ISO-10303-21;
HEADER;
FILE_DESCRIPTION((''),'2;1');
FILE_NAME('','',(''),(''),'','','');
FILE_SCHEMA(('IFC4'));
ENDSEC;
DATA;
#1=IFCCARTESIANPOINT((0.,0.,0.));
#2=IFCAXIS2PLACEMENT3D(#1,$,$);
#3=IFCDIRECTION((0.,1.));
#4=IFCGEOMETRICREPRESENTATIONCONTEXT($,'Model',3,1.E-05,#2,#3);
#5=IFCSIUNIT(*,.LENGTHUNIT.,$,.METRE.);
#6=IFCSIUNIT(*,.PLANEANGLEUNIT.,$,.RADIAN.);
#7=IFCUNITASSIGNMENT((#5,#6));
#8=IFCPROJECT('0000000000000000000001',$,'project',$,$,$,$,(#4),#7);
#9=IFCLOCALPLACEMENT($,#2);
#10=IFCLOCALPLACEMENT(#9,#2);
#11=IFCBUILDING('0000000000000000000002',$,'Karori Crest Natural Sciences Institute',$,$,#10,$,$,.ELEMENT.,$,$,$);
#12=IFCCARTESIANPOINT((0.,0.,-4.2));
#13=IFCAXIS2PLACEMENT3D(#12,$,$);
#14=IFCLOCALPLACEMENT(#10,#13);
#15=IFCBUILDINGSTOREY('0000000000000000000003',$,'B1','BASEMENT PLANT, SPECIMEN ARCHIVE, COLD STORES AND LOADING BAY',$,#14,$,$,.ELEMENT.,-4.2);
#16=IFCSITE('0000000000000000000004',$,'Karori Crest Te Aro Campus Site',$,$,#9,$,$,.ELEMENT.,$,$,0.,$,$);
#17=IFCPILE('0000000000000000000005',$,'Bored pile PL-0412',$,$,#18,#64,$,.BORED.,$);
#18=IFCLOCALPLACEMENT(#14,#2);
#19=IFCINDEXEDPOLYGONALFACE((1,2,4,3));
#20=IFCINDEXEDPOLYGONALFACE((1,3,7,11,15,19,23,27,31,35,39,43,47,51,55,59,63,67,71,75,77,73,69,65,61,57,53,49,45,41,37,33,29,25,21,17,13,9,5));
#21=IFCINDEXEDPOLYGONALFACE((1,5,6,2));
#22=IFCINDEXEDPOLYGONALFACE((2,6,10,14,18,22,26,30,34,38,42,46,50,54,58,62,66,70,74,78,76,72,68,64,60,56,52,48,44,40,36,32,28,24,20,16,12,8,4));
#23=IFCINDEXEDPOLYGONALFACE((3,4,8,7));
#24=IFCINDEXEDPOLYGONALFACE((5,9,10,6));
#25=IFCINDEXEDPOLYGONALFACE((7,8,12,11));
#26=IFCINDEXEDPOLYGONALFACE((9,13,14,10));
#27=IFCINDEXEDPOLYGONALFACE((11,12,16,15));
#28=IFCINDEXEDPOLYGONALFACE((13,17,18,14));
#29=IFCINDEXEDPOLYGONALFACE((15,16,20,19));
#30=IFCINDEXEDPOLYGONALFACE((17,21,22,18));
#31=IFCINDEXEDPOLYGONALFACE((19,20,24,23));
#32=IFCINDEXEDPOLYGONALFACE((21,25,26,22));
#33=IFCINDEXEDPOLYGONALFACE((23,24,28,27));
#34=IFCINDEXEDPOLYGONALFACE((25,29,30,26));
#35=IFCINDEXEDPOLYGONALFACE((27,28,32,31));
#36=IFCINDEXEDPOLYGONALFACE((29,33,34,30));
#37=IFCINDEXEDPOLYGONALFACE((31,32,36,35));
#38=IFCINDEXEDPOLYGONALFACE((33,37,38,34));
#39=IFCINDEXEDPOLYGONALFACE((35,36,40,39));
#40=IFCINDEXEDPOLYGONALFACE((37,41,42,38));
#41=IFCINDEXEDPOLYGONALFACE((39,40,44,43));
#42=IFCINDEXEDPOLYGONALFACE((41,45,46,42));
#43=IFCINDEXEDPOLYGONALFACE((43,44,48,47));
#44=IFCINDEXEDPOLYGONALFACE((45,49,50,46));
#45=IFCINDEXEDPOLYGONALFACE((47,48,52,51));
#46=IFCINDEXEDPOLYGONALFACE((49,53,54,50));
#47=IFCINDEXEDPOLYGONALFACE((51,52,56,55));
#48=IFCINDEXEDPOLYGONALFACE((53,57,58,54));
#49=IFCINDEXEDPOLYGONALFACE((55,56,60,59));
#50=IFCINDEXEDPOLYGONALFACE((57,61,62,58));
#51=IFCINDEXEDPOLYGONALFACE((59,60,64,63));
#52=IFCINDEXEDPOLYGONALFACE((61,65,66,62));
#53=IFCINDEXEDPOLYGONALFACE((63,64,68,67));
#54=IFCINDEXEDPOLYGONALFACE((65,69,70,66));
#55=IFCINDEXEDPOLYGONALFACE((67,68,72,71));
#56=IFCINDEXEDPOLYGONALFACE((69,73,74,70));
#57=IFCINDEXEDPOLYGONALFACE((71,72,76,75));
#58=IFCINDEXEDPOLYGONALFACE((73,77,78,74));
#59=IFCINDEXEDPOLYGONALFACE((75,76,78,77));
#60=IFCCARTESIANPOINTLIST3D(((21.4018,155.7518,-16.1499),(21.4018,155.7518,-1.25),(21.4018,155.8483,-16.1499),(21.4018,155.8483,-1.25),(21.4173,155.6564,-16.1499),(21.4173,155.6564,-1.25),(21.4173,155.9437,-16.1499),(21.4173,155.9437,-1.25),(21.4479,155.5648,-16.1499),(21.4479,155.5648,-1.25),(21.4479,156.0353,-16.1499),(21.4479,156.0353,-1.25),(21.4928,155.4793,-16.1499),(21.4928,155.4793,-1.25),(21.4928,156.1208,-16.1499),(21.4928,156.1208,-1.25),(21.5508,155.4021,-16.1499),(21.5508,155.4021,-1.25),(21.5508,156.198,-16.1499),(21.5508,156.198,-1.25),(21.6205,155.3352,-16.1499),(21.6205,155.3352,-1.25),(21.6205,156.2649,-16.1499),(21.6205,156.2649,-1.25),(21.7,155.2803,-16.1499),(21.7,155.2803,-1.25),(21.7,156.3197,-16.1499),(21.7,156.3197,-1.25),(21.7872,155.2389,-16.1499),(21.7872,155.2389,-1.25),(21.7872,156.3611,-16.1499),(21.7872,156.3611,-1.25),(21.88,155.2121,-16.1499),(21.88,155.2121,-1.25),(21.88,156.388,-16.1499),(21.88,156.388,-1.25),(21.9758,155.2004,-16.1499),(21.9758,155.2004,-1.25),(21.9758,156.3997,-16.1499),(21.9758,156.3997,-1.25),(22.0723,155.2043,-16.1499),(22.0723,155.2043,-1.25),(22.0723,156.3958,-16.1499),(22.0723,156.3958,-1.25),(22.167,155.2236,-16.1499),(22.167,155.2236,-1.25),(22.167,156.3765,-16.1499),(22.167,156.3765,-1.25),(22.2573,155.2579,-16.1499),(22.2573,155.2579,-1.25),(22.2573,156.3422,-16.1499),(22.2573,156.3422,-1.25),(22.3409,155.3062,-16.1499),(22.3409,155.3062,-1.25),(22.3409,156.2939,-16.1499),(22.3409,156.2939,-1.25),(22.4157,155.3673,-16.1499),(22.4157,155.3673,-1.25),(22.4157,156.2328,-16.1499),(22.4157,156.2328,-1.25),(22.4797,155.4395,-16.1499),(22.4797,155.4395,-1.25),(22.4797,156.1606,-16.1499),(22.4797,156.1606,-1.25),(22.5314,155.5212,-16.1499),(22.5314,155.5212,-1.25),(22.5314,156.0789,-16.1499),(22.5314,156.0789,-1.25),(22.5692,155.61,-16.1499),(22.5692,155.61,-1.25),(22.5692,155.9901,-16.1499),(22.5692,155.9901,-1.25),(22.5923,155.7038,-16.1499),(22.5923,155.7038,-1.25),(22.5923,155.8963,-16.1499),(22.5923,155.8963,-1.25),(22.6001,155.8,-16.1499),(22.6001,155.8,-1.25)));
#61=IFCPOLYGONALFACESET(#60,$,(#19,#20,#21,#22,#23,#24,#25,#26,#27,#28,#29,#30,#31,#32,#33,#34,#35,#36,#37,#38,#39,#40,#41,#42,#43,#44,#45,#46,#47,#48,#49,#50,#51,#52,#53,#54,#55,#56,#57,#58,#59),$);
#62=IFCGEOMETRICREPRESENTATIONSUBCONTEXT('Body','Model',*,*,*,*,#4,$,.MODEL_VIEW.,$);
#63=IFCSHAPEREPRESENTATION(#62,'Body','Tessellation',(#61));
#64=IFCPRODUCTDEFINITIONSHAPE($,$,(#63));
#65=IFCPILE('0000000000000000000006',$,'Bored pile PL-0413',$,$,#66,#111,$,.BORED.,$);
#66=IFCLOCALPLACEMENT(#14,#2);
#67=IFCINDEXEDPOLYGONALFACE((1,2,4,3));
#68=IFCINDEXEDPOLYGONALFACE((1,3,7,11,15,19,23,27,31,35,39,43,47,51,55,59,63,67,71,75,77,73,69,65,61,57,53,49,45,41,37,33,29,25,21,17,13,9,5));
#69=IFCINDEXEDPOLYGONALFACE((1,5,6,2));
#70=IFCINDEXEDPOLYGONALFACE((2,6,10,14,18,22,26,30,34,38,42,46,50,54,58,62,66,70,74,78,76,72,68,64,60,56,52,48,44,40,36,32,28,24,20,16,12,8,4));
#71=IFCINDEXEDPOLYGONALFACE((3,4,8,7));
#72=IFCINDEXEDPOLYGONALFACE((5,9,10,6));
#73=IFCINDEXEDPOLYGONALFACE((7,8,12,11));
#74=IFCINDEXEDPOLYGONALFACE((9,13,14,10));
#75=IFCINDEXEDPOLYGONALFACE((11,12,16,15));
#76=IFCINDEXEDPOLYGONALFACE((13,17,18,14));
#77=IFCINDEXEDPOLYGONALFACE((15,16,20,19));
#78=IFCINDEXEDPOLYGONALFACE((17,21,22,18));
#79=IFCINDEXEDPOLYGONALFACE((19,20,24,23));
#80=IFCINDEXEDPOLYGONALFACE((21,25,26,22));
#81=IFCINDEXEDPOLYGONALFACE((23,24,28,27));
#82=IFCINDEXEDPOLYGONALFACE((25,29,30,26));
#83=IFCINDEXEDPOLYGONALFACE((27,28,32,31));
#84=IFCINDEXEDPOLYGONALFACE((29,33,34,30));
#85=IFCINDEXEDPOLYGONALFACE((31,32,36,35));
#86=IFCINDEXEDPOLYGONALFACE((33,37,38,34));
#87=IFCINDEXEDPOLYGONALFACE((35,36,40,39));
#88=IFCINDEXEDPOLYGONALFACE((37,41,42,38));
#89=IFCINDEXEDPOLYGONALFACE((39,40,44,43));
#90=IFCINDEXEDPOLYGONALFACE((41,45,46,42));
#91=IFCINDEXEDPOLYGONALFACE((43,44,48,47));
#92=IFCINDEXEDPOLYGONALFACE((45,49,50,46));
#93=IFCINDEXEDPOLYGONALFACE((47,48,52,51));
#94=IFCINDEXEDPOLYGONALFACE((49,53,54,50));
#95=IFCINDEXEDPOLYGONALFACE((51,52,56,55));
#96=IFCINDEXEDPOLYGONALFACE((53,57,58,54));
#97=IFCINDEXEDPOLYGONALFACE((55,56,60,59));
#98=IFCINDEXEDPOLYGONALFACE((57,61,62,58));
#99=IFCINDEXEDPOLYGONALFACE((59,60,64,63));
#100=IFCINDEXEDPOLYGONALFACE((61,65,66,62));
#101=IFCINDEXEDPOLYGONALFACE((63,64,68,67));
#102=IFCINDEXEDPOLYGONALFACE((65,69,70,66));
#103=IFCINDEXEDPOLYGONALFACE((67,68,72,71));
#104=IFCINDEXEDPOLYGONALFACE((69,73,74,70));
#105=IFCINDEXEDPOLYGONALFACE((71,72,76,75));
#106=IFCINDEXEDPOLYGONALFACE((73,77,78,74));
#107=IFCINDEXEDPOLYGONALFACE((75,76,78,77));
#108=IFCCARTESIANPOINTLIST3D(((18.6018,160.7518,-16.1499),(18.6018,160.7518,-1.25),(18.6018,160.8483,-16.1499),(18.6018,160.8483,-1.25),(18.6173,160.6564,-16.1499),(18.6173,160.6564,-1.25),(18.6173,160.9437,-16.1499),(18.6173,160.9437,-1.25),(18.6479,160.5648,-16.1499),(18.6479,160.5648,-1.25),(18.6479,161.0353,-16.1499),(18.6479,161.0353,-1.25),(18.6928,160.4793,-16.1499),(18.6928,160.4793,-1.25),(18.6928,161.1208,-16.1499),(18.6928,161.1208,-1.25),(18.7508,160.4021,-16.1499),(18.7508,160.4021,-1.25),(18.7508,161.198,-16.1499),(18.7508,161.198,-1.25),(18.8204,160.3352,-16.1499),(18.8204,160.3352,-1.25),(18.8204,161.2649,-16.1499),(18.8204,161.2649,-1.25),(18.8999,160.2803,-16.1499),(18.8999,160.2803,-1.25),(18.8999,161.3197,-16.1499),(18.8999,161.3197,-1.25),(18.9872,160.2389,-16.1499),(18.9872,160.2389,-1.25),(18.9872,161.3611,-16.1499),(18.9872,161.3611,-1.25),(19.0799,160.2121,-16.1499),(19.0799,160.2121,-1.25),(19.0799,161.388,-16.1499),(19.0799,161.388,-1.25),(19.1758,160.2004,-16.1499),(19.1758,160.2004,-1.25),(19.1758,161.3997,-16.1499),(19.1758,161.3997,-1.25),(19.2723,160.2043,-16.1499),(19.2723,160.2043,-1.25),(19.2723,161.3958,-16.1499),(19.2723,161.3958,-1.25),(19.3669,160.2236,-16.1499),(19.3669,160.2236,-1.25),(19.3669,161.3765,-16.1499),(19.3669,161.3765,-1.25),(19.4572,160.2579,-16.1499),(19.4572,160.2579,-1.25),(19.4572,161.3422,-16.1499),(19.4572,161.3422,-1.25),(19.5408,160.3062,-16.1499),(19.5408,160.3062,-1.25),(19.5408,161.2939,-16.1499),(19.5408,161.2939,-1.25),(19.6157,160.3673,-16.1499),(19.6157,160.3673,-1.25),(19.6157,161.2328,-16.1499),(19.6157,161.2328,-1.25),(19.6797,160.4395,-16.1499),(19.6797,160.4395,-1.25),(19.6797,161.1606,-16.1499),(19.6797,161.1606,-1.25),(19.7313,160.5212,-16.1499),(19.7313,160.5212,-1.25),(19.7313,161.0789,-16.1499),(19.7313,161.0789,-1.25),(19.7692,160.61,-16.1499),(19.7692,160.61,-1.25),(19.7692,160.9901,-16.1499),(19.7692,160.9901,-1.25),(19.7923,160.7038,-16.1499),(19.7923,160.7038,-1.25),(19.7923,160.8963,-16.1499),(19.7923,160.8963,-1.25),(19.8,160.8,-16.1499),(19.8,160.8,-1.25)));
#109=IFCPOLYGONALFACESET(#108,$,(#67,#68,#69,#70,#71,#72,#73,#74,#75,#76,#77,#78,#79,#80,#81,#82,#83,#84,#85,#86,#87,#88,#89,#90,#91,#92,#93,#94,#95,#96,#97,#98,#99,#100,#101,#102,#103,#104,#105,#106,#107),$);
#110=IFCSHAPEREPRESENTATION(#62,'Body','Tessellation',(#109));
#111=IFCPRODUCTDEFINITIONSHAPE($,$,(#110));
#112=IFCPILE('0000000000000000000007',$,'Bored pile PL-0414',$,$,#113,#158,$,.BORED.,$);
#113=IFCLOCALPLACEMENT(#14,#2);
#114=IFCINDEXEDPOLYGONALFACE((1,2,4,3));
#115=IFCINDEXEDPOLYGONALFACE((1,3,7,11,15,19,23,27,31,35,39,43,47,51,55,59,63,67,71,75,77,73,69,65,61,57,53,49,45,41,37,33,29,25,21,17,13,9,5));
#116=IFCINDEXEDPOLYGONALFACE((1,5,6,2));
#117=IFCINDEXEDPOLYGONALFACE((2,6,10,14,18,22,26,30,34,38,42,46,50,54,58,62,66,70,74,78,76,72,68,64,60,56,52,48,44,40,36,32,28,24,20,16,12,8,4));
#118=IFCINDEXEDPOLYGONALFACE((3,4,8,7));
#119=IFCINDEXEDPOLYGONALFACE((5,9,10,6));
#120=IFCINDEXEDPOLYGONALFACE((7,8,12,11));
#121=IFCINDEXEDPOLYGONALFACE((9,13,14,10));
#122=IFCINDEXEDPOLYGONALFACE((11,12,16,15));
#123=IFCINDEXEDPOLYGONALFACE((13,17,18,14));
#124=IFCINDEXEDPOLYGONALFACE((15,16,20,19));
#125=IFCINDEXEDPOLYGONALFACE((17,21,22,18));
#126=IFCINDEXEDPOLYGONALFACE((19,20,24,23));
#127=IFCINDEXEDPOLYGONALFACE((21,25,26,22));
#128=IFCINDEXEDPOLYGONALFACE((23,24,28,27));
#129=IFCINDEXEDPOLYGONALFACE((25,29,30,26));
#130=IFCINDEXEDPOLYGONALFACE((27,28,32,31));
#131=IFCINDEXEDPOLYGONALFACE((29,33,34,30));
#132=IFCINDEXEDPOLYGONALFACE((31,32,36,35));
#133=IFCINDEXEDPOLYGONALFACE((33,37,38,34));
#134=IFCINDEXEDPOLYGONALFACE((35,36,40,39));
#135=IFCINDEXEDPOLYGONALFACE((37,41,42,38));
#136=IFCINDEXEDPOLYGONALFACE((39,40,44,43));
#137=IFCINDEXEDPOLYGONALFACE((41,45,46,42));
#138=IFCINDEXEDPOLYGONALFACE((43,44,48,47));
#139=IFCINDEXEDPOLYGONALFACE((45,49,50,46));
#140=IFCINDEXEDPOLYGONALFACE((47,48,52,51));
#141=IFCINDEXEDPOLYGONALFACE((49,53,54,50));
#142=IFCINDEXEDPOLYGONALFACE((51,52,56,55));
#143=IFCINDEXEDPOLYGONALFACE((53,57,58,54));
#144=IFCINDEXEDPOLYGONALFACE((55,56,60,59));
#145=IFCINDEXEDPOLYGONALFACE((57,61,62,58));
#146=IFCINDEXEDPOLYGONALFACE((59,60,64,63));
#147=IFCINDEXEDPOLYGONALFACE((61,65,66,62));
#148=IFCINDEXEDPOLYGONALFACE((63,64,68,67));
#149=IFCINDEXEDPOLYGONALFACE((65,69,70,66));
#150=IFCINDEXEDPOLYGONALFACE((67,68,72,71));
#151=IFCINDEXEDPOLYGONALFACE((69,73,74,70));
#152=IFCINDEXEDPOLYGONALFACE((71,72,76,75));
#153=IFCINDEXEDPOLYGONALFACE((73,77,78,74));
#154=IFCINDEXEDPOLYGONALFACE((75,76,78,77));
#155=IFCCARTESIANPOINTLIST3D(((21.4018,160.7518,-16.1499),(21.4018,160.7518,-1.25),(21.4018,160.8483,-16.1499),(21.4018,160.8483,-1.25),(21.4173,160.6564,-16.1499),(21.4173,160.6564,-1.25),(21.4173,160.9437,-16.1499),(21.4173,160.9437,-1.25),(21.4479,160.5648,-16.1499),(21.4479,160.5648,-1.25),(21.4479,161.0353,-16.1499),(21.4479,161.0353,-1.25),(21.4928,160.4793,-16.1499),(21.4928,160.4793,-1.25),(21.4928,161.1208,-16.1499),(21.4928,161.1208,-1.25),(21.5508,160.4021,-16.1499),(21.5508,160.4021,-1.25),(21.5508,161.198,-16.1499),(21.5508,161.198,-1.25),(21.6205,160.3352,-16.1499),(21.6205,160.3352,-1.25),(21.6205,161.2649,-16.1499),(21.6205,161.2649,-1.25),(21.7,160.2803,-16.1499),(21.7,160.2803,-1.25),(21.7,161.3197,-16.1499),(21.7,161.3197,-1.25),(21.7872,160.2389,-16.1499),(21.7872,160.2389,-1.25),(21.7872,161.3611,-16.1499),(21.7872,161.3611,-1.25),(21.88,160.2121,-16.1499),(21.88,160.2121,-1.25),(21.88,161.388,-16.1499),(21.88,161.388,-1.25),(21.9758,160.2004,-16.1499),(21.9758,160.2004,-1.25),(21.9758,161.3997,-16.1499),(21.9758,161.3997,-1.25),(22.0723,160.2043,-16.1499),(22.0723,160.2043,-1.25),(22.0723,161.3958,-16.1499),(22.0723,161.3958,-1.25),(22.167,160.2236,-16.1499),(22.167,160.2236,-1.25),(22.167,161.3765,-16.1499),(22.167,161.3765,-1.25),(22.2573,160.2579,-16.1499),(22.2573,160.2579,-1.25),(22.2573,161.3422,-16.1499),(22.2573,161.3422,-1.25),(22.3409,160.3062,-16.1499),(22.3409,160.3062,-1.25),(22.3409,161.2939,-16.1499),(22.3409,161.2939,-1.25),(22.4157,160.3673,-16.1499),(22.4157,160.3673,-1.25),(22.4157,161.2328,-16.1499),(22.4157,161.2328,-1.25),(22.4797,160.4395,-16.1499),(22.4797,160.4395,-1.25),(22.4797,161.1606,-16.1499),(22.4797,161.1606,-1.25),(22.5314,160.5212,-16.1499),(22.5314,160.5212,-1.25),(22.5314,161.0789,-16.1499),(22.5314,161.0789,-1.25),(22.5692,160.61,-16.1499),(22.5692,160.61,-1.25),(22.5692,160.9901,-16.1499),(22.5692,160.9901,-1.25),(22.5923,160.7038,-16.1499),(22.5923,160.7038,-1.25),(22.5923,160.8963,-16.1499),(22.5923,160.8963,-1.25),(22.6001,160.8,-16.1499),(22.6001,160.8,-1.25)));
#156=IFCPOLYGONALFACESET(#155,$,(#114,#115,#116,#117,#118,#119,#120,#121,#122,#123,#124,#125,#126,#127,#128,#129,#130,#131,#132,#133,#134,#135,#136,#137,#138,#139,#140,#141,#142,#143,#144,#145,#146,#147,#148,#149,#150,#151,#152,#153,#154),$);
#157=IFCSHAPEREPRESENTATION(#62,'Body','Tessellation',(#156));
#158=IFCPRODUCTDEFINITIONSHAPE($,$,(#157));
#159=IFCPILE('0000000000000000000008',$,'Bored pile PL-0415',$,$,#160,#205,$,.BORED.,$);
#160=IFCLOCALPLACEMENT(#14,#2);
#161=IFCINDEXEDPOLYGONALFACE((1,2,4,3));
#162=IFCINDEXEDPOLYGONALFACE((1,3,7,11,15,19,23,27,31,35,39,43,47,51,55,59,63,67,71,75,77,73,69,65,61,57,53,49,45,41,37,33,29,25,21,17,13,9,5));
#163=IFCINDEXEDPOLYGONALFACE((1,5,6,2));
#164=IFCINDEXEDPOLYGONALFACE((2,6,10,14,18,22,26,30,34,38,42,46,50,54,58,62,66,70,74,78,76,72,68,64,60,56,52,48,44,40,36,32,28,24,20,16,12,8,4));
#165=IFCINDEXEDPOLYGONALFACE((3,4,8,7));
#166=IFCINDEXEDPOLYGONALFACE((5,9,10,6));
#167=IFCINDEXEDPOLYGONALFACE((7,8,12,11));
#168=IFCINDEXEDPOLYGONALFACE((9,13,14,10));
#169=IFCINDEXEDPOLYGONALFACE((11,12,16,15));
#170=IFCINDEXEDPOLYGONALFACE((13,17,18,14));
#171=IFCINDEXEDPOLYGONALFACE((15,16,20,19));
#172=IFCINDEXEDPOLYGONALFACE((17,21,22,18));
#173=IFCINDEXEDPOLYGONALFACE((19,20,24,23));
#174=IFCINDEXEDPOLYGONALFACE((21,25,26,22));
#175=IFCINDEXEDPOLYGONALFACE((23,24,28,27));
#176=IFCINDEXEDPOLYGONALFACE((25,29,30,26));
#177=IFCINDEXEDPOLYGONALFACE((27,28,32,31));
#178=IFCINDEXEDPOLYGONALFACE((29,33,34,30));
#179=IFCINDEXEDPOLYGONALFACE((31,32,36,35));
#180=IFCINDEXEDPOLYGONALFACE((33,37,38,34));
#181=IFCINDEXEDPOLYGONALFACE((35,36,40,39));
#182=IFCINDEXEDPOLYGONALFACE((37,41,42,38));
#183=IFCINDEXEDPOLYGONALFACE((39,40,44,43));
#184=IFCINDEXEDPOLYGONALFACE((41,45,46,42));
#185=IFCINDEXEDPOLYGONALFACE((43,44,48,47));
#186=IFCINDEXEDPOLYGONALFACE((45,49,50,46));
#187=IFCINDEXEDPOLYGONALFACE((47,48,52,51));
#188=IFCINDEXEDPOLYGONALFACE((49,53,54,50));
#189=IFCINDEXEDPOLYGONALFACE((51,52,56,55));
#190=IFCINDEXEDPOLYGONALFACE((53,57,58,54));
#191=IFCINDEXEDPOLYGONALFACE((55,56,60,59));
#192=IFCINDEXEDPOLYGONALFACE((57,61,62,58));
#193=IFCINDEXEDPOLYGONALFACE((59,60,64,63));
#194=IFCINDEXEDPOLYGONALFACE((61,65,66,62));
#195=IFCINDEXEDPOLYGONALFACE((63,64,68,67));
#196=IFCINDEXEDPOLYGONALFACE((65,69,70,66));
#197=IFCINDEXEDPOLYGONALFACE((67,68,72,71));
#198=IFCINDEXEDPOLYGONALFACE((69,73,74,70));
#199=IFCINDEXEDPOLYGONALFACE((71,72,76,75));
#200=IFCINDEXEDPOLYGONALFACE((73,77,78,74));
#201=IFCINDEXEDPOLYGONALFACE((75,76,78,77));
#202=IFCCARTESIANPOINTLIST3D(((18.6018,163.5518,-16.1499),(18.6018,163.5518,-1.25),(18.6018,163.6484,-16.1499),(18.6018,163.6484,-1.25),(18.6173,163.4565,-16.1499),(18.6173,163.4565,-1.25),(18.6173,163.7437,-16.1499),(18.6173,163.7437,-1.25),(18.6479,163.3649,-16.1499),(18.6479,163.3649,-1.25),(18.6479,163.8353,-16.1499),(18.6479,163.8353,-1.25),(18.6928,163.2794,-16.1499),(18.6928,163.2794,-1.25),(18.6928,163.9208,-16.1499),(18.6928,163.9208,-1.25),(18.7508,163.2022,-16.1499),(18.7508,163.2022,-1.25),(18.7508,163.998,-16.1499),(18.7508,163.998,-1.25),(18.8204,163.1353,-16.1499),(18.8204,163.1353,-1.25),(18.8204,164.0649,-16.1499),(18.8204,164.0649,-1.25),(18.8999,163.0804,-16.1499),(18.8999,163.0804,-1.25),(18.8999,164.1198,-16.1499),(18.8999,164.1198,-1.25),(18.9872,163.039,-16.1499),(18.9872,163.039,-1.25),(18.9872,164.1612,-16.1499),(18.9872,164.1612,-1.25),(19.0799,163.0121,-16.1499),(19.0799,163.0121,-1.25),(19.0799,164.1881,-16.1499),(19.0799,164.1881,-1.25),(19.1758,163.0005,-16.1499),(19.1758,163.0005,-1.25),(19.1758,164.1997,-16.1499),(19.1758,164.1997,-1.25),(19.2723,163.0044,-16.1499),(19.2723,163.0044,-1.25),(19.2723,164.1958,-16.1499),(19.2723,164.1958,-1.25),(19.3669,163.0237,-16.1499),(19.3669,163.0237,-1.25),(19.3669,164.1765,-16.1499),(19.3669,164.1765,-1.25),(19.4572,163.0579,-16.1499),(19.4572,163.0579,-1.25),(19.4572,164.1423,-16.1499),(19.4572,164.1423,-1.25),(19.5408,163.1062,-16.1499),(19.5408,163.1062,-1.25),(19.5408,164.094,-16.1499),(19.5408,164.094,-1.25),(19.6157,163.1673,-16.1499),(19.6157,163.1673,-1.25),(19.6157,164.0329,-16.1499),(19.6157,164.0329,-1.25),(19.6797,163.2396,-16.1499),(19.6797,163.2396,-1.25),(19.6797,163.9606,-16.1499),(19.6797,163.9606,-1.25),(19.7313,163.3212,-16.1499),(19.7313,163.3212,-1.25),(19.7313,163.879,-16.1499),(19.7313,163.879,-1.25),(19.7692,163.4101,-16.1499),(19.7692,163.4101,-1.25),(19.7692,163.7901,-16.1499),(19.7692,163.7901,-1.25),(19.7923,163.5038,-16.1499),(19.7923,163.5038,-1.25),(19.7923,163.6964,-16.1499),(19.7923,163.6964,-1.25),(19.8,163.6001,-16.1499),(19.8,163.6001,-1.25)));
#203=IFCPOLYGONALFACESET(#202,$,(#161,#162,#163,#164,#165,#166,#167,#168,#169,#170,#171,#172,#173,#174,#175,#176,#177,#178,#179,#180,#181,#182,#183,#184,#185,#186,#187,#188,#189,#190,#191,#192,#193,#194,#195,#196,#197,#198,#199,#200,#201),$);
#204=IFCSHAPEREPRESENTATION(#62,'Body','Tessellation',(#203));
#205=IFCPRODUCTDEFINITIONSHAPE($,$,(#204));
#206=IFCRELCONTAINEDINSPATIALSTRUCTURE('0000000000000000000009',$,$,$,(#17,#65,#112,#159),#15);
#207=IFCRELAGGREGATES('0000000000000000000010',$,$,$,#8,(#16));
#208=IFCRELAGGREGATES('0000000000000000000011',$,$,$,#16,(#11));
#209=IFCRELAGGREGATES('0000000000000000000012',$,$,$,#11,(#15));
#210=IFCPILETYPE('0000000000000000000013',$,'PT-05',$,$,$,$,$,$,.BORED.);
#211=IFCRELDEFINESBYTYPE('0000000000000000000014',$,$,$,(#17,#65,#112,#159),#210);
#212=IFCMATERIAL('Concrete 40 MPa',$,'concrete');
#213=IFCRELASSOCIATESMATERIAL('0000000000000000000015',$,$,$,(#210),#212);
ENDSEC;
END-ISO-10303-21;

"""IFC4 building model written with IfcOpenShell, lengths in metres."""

from ifc_helpers import new_model, si_unit, direction, frame, origin, origin_2d, place, context, subcontext, project, spatial, circle, extrude, material, material_profile, profile_set, type_object, element, save


model = new_model("IFC4")

# Units and contexts
model_context = context("Model", 3, precision=1e-05, world=origin(), true_north=direction((0.0, 1.0)))
body_context = subcontext(model_context, "Body", "Model", "MODEL_VIEW")
ifc_project = project(units=[si_unit("LENGTHUNIT", "METRE"), si_unit("PLANEANGLEUNIT", "RADIAN")], contexts=[model_context])

# Site, building, storey
site_placement = place(None, origin())
site = spatial("IfcSite", under=ifc_project, at=site_placement, Name="Karori Crest Te Aro Campus Site", CompositionType="ELEMENT", RefElevation=0.0)
building_placement = place(site_placement, origin())
building = spatial("IfcBuilding", under=site, at=building_placement, Name="Karori Crest Natural Sciences Institute", CompositionType="ELEMENT")
storey_placement = place(building_placement, frame((0.0, 0.0, -4.2)))
storey = spatial("IfcBuildingStorey", under=building, at=storey_placement, Name="B1", Description="BASEMENT PLANT, SPECIMEN ARCHIVE, COLD STORES AND LOADING BAY", CompositionType="ELEMENT", Elevation=-4.2)

# Shared definitions
ifc_material_1 = material(Name="Concrete 40 MPa", Category="concrete")

# Piles
ifc_material_profile_1 = material_profile(ifc_material_1, circle(Radius=0.6001, at=origin_2d()), Name="PILE1200")
ifc_profile_set_1 = profile_set([ifc_material_profile_1], Name="Concrete 40 MPa")
pile_type = type_object("IfcPileType", Name="PT-05", PredefinedType="BORED", material=ifc_profile_set_1)
for number, where, z_axis, x_axis, name in (
    (1, (22.0, 155.8, -1.25), (0.0, 0.0, -1.0), (1.0, 0.0, 0.0), "Bored pile PL-0412"),
    (2, (19.2, 160.8, -1.25), (0.0, 0.0, -1.0), (1.0, 0.0, 0.0), "Bored pile PL-0413"),
    (3, (22.0, 160.8, -1.25), (0.0, 0.0, -1.0), (1.0, 0.0, 0.0), "Bored pile PL-0414"),
    (4, (19.2, 163.6001, -1.25), (0.0, 0.0, -1.0), (1.0, 0.0, 0.0), "Bored pile PL-0415"),
):
    element("IfcPile", number, at=place(storey_placement, frame(where, z_axis=z_axis, x_axis=x_axis)), inside=storey, type_object=pile_type, Name=name, PredefinedType="BORED", context=body_context, shape_type="SweptSolid", body=[
        extrude(circle(Radius=0.6001, at=origin_2d()), origin(), (0.0, 0.0, 1.0), 14.8999),
    ])

save(model, "model.ifc")
